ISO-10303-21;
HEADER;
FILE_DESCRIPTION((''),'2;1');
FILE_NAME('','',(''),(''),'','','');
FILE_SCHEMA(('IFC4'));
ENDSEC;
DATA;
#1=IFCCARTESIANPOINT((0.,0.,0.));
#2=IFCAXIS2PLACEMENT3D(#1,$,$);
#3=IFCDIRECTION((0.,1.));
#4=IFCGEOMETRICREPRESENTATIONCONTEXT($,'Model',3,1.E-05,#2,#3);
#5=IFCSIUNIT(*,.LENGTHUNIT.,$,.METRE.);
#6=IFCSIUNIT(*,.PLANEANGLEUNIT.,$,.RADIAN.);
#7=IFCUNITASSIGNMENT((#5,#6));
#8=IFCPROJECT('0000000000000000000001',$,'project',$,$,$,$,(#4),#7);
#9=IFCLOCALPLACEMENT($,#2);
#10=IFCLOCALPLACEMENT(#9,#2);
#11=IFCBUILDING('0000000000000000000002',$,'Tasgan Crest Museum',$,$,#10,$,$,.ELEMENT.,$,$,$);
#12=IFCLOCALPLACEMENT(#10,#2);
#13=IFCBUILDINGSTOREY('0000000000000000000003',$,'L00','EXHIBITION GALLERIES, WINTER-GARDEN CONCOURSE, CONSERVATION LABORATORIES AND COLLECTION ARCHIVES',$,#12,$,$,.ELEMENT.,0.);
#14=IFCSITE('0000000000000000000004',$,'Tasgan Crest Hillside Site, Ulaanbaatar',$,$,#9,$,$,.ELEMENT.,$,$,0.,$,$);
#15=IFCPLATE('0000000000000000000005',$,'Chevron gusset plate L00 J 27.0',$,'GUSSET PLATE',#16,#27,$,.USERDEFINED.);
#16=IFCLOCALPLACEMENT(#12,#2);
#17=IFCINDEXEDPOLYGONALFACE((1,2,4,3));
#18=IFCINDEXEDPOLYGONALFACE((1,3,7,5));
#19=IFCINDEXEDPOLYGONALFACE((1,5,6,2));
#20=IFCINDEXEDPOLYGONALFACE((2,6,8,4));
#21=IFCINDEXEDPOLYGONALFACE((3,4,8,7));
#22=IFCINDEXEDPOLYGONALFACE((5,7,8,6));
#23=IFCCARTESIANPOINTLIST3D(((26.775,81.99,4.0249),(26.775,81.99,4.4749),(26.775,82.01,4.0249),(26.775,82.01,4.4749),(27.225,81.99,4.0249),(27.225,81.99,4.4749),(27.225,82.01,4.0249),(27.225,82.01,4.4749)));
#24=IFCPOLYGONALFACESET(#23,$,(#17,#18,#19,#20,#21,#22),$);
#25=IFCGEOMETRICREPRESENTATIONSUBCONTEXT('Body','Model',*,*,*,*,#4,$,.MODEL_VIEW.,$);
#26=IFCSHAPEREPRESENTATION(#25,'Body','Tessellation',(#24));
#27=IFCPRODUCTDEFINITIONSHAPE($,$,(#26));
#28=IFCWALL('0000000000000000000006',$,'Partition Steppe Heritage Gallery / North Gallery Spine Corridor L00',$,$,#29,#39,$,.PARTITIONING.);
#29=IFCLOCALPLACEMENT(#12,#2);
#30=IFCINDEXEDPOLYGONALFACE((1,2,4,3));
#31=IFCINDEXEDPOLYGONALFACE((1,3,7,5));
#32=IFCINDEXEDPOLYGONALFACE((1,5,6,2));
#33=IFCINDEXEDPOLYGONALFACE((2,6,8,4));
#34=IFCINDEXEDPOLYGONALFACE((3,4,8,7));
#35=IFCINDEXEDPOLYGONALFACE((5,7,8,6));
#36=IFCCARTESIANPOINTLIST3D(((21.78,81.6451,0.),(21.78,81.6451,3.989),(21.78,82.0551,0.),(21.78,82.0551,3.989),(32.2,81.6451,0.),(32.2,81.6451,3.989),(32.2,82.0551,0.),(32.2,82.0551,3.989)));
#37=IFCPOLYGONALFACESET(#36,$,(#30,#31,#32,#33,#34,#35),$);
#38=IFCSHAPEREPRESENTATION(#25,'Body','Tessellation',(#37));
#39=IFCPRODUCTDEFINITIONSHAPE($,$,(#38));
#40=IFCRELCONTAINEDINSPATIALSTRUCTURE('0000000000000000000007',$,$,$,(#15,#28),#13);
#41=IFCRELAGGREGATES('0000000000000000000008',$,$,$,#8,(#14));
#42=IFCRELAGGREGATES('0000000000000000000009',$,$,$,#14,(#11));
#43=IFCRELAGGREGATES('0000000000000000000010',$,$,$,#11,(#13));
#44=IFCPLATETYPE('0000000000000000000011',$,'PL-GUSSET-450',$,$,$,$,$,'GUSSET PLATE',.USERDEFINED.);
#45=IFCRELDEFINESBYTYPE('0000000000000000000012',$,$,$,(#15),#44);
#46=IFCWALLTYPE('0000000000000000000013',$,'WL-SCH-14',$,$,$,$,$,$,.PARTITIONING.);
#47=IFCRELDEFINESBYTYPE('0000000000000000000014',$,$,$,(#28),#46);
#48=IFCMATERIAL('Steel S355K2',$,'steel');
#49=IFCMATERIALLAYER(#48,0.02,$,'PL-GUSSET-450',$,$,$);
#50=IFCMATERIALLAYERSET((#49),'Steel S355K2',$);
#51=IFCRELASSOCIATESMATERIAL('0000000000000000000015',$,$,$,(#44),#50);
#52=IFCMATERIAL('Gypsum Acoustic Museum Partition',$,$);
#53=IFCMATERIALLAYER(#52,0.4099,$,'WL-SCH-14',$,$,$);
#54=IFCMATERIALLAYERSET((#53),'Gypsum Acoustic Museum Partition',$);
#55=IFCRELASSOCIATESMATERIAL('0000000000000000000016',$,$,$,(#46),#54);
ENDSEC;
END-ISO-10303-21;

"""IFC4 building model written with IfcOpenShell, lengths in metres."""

from ifc_helpers import new_model, si_unit, direction, frame, frame_2d, origin, origin_2d, place, context, subcontext, project, spatial, rectangle, extrude, material, layer, layer_set, type_object, element, save


model = new_model("IFC4")

# Units and contexts
model_context = context("Model", 3, precision=1e-05, world=origin(), true_north=direction((0.0, 1.0)))
body_context = subcontext(model_context, "Body", "Model", "MODEL_VIEW")
ifc_project = project(units=[si_unit("LENGTHUNIT", "METRE"), si_unit("PLANEANGLEUNIT", "RADIAN")], contexts=[model_context])

# Site, building, storey
site_placement = place(None, origin())
site = spatial("IfcSite", under=ifc_project, at=site_placement, Name="Tasgan Crest Hillside Site, Ulaanbaatar", CompositionType="ELEMENT", RefElevation=0.0)
building_placement = place(site_placement, origin())
building = spatial("IfcBuilding", under=site, at=building_placement, Name="Tasgan Crest Museum", CompositionType="ELEMENT")
storey_placement = place(building_placement, origin())
storey = spatial("IfcBuildingStorey", under=building, at=storey_placement, Name="L00", Description="EXHIBITION GALLERIES, WINTER-GARDEN CONCOURSE, CONSERVATION LABORATORIES AND COLLECTION ARCHIVES", CompositionType="ELEMENT", Elevation=0.0)

# Plate
ifc_material_1 = material(Name="Steel S355K2", Category="steel")
ifc_layer_1 = layer(ifc_material_1, 0.02, Name="PL-GUSSET-450")
ifc_layer_set_1 = layer_set([ifc_layer_1], Name="Steel S355K2")
plate_type_1 = type_object("IfcPlateType", Name="PL-GUSSET-450", ElementType="GUSSET PLATE", PredefinedType="USERDEFINED", material=ifc_layer_set_1)
plate_1_placement = place(storey_placement, frame((27.0, 82.0, 4.0249), z_axis=(0.0, 0.0, 1.0), x_axis=(1.0, 0.0, 0.0)))
element("IfcPlate", 1, at=plate_1_placement, inside=storey, type_object=plate_type_1, Name="Chevron gusset plate L00 J 27.0", ObjectType="GUSSET PLATE", PredefinedType="USERDEFINED", context=body_context, shape_type="SweptSolid", body=[
    extrude(rectangle(XDim=0.45, YDim=0.02, at=origin_2d()), origin(), (0.0, 0.0, 1.0), 0.45),
])

# Wall
ifc_material_2 = material(Name="Gypsum Acoustic Museum Partition")
ifc_layer_2 = layer(ifc_material_2, 0.4099, Name="WL-SCH-14")
ifc_layer_set_2 = layer_set([ifc_layer_2], Name="Gypsum Acoustic Museum Partition")
wall_type = type_object("IfcWallType", Name="WL-SCH-14", PredefinedType="PARTITIONING", material=ifc_layer_set_2)
wall_1_placement = place(storey_placement, frame((21.78, 81.8501, 0.0), z_axis=(0.0, 0.0, 1.0), x_axis=(1.0, 0.0, 0.0)))
element("IfcWall", 2, at=wall_1_placement, inside=storey, type_object=wall_type, Name="Partition Steppe Heritage Gallery / North Gallery Spine Corridor L00", PredefinedType="PARTITIONING", context=body_context, shape_type="SweptSolid", body=[
    extrude(rectangle(XDim=10.4199, YDim=0.4099, at=frame_2d((5.21, 0.0))), origin(), (0.0, 0.0, 1.0), 3.989),
])

save(model, "model.ifc")
